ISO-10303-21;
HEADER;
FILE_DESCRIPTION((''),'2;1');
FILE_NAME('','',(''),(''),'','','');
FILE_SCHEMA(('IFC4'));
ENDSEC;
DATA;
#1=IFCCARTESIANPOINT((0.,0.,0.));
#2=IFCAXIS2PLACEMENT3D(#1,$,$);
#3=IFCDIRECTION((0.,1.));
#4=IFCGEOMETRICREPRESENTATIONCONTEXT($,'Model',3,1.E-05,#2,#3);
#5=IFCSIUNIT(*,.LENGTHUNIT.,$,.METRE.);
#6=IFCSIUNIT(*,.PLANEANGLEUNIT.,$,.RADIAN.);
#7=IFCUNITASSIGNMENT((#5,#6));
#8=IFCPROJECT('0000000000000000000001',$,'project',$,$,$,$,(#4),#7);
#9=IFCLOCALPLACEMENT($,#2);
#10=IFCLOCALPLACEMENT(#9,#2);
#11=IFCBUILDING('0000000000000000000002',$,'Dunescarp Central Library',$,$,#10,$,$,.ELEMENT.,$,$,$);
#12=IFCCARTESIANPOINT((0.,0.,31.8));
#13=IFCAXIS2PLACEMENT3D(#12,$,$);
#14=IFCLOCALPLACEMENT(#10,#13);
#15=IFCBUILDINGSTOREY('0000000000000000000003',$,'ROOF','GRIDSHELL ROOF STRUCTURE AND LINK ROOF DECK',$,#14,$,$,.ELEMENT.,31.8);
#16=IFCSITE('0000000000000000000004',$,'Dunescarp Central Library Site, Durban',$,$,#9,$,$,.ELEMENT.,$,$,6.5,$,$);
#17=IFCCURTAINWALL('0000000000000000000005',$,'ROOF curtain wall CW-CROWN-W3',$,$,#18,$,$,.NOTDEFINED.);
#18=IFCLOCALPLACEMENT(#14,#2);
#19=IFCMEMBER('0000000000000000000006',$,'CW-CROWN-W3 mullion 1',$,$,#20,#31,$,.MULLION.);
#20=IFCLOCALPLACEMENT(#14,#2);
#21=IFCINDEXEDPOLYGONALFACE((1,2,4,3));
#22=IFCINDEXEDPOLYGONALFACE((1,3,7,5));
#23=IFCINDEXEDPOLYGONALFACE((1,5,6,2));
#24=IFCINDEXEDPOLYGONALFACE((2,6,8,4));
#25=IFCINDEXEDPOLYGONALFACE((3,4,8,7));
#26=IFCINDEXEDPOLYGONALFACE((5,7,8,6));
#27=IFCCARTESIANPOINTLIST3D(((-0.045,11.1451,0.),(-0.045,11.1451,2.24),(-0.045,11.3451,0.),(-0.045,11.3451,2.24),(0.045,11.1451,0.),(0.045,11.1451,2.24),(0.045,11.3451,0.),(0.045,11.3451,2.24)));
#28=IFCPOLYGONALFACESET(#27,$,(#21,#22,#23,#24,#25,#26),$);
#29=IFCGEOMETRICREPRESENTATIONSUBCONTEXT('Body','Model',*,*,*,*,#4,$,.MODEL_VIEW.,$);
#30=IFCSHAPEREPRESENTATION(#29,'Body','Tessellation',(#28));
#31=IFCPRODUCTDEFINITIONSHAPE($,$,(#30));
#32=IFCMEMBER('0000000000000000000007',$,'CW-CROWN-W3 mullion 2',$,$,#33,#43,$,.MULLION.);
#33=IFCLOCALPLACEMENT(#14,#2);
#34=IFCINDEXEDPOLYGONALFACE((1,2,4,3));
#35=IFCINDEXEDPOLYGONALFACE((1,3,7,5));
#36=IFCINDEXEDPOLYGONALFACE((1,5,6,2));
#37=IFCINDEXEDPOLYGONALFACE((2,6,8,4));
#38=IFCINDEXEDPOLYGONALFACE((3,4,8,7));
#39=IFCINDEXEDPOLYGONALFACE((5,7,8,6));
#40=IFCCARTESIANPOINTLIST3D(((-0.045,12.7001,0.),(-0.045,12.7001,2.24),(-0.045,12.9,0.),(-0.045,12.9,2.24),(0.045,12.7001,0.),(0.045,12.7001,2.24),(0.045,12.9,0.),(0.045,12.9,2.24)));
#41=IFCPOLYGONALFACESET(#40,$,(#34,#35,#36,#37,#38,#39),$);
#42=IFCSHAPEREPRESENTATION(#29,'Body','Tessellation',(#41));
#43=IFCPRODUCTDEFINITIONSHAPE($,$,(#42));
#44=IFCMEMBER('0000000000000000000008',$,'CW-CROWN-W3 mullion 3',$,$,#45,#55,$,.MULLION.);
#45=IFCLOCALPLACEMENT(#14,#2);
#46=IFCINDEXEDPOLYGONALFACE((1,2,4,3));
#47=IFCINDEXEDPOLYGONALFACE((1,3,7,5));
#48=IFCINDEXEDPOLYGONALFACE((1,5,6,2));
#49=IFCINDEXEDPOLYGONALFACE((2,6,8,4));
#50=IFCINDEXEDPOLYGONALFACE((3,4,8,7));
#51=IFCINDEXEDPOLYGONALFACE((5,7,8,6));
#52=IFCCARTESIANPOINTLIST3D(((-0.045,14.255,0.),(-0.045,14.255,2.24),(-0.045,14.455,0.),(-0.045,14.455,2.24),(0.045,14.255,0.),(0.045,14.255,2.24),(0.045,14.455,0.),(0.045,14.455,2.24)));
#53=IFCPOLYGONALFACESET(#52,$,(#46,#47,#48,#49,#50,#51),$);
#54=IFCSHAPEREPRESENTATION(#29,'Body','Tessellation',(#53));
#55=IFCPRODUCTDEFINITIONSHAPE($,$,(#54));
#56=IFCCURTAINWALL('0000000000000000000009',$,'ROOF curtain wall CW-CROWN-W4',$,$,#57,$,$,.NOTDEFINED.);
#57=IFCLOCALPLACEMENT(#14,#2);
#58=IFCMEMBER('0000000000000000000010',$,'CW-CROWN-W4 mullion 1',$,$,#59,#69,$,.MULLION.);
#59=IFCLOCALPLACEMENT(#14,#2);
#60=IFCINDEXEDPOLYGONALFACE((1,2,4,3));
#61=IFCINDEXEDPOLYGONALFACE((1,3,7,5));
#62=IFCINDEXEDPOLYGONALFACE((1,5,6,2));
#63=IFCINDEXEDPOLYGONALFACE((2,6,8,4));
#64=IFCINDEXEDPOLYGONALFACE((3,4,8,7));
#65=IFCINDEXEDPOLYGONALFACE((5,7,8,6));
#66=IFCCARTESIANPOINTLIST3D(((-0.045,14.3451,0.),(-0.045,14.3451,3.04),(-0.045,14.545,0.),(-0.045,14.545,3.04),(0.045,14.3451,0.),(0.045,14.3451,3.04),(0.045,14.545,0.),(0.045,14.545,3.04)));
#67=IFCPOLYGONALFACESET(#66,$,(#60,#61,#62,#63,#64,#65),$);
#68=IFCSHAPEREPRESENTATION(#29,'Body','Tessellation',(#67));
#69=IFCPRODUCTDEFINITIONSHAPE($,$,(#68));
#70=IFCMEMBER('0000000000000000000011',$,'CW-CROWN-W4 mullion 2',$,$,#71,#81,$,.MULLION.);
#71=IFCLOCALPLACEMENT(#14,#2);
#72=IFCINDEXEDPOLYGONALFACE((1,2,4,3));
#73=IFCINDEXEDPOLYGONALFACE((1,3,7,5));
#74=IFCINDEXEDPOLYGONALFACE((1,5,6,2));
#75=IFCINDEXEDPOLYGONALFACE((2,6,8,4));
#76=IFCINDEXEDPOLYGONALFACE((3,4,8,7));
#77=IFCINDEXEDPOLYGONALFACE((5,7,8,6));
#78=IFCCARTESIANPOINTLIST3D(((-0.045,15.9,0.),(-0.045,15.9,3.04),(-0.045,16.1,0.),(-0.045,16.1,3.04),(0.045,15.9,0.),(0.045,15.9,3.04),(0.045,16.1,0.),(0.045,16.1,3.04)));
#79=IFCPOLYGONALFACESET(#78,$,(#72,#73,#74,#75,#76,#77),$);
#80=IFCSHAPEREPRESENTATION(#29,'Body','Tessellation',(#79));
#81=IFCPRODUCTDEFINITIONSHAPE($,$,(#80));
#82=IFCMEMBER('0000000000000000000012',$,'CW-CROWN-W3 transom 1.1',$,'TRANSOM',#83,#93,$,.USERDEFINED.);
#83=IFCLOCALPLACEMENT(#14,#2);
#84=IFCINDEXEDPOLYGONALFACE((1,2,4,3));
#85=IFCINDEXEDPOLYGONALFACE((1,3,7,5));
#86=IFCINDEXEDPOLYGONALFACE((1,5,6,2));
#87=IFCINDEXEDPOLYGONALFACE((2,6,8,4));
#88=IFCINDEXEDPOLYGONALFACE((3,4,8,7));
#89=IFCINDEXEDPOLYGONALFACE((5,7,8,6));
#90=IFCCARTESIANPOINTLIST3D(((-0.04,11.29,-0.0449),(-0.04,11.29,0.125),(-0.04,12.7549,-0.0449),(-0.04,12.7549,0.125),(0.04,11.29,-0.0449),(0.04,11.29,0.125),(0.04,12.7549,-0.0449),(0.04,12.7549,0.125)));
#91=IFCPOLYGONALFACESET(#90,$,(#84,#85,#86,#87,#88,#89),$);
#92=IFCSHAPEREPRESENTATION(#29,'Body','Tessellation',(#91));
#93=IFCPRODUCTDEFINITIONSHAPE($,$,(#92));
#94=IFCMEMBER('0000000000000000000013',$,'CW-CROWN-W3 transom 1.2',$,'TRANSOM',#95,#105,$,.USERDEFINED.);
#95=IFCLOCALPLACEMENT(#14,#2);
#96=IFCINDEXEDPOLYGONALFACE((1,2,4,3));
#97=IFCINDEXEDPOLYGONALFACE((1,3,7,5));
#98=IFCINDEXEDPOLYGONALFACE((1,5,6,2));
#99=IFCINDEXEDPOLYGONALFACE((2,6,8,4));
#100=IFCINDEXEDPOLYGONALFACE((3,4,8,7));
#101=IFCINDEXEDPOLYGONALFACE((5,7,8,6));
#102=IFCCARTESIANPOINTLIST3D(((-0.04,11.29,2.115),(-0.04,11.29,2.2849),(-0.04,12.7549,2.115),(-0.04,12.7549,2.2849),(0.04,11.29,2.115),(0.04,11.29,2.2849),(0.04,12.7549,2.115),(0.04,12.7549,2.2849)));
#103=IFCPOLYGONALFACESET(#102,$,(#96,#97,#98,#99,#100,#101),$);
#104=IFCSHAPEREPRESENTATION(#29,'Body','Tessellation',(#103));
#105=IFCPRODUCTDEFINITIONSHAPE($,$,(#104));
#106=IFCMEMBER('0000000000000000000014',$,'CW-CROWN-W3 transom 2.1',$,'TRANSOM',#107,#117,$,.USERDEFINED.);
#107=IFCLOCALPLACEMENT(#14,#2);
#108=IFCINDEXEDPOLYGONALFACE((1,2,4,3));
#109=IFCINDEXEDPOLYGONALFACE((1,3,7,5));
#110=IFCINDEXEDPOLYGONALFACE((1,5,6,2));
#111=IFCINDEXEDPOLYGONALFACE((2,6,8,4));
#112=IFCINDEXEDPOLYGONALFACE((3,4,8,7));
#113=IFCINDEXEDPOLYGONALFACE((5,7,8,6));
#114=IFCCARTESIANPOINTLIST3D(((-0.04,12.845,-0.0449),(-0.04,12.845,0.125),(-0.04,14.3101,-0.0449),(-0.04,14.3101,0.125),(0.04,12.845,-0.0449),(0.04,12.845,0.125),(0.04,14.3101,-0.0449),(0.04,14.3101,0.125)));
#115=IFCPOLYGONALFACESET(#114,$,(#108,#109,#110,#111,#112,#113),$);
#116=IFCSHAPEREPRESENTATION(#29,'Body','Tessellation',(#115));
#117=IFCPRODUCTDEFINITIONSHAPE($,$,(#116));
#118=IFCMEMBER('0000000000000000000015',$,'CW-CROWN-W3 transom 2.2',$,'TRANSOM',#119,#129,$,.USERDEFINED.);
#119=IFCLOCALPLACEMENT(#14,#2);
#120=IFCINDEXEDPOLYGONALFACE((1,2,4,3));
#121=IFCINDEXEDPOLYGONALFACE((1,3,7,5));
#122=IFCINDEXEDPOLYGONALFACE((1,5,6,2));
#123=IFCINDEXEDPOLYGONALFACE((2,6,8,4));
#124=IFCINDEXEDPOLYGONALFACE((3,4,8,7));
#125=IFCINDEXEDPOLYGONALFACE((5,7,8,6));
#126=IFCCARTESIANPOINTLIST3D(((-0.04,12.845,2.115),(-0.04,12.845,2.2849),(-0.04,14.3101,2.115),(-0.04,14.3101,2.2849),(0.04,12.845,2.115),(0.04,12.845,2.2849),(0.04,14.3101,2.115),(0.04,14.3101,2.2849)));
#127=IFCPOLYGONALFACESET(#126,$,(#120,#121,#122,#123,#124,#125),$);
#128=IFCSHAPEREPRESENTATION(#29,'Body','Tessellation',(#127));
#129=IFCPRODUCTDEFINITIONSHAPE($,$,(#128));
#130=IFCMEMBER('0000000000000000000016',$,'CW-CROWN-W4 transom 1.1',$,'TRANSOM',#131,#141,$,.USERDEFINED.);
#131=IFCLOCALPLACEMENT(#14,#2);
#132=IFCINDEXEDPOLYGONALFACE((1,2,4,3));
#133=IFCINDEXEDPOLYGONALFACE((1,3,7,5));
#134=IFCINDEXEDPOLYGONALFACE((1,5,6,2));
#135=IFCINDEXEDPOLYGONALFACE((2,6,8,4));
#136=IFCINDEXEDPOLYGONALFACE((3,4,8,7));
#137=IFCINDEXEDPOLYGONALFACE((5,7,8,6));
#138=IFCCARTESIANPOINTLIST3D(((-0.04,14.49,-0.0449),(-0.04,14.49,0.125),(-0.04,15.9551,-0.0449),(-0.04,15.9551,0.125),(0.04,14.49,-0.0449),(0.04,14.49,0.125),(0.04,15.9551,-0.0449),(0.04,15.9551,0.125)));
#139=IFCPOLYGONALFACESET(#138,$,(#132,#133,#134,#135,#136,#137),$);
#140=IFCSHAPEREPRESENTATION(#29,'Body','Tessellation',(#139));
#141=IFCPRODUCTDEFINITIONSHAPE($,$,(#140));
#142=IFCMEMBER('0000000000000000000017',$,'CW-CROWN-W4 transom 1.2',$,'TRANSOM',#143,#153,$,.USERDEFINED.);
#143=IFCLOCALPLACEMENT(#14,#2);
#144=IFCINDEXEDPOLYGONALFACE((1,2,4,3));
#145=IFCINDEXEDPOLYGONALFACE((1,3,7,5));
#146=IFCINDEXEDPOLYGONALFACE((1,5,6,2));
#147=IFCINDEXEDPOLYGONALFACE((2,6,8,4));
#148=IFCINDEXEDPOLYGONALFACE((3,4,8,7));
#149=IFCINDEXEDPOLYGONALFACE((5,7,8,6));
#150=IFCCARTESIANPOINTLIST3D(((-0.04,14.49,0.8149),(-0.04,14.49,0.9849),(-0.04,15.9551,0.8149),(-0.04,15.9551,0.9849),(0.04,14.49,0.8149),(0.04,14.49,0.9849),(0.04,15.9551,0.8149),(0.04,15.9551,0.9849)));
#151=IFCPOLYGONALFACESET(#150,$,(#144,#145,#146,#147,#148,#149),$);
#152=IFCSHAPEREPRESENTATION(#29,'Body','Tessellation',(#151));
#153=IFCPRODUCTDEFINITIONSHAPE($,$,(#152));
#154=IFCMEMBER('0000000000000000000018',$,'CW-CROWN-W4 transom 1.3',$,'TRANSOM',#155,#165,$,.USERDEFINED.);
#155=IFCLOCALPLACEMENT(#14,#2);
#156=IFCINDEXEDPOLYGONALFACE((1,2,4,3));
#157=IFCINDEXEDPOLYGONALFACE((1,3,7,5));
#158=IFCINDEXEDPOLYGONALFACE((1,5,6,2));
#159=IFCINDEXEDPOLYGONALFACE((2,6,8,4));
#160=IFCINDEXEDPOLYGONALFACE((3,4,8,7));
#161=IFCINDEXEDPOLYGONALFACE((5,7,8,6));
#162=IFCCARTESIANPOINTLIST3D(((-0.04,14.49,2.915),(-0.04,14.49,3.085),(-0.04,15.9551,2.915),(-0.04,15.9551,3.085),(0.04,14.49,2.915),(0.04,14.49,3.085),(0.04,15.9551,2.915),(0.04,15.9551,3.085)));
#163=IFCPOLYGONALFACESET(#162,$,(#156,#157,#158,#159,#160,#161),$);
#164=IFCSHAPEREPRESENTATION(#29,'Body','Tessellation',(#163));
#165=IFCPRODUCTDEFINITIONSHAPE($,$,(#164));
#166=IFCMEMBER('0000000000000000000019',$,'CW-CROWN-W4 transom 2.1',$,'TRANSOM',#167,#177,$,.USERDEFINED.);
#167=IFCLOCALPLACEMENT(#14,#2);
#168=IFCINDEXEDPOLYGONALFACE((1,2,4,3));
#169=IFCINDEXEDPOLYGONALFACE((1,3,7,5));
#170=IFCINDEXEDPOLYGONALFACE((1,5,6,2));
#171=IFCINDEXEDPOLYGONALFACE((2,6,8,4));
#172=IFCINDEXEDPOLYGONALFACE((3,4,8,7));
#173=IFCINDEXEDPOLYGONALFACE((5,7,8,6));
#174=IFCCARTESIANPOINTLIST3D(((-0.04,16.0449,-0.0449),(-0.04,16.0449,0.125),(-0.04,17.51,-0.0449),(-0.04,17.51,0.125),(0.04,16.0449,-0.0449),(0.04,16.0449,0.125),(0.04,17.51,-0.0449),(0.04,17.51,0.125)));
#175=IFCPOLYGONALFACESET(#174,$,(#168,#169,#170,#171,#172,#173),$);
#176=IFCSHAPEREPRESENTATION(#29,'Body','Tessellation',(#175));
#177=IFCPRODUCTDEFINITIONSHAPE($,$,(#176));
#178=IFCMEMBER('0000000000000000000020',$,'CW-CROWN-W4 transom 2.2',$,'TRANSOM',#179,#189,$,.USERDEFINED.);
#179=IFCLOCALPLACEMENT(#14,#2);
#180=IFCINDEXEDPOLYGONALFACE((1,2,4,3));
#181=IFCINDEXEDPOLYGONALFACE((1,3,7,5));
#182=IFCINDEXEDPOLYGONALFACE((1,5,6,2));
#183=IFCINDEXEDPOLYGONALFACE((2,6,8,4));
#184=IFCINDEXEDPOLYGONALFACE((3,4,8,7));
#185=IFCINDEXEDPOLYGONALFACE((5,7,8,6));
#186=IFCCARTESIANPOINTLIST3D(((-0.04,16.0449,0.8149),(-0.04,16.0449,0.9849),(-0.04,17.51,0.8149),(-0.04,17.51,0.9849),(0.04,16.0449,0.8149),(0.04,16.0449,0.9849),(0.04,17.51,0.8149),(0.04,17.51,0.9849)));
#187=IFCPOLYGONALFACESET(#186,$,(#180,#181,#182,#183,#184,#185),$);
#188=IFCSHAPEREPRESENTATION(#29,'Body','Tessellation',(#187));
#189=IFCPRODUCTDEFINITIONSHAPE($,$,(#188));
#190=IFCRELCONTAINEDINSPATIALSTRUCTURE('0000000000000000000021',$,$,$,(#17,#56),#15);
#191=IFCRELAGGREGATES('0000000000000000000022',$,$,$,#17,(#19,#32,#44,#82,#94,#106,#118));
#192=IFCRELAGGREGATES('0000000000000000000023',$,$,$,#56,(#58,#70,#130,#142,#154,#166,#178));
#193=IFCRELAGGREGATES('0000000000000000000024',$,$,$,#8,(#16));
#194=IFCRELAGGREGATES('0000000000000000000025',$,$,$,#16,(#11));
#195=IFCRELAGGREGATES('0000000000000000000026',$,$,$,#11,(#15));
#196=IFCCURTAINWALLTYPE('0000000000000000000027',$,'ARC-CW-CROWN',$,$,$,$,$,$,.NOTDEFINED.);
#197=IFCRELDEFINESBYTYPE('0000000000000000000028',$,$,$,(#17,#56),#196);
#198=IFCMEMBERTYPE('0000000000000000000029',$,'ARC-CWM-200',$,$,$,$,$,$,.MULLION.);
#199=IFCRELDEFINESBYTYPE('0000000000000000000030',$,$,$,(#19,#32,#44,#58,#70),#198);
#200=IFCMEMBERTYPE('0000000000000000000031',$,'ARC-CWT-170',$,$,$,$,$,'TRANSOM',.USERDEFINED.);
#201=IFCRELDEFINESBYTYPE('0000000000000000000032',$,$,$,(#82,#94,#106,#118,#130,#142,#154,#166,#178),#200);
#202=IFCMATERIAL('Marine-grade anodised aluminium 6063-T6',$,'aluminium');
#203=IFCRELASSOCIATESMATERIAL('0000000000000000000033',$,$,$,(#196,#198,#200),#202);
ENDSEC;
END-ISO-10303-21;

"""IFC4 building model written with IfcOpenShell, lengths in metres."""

from ifc_helpers import new_model, si_unit, direction, frame, origin, origin_2d, place, context, subcontext, project, spatial, rectangle, extrude, material, material_profile, profile_set, type_object, element, aggregate, save


model = new_model("IFC4")

# Units and contexts
model_context = context("Model", 3, precision=1e-05, world=origin(), true_north=direction((0.0, 1.0)))
body_context = subcontext(model_context, "Body", "Model", "MODEL_VIEW")
ifc_project = project(units=[si_unit("LENGTHUNIT", "METRE"), si_unit("PLANEANGLEUNIT", "RADIAN")], contexts=[model_context])

# Site, building, storey
site_placement = place(None, origin())
site = spatial("IfcSite", under=ifc_project, at=site_placement, Name="Dunescarp Central Library Site, Durban", CompositionType="ELEMENT", RefElevation=6.5)
building_placement = place(site_placement, origin())
building = spatial("IfcBuilding", under=site, at=building_placement, Name="Dunescarp Central Library", CompositionType="ELEMENT")
storey_placement = place(building_placement, frame((0.0, 0.0, 31.8)))
storey = spatial("IfcBuildingStorey", under=building, at=storey_placement, Name="ROOF", Description="GRIDSHELL ROOF STRUCTURE AND LINK ROOF DECK", CompositionType="ELEMENT", Elevation=31.8)

# Curtain walls, members
ifc_material_1 = material(Name="Marine-grade anodised aluminium 6063-T6", Category="aluminium")
curtain_wall_type = type_object("IfcCurtainWallType", Name="ARC-CW-CROWN", PredefinedType="NOTDEFINED", material=ifc_material_1)
curtain_wall_1_placement = place(storey_placement, origin())
curtain_wall_1 = element("IfcCurtainWall", 1, at=curtain_wall_1_placement, inside=storey, type_object=curtain_wall_type, Name="ROOF curtain wall CW-CROWN-W3", PredefinedType="NOTDEFINED")
ifc_material_profile_1 = material_profile(ifc_material_1, rectangle(XDim=0.0901, YDim=0.2, at=origin_2d()), Name="AL 90x200")
ifc_profile_set_1 = profile_set([ifc_material_profile_1], Name="Marine-grade anodised aluminium 6063-T6")
member_type_1 = type_object("IfcMemberType", Name="ARC-CWM-200", PredefinedType="MULLION", material=ifc_profile_set_1)
member_1_placement = place(storey_placement, frame((0.0, 11.2451, 0.0), z_axis=(0.0, 0.0, 1.0), x_axis=(-1.0, 0.0, 0.0)))
member_1 = element("IfcMember", 2, at=member_1_placement, type_object=member_type_1, Name="CW-CROWN-W3 mullion 1", PredefinedType="MULLION", context=body_context, shape_type="SweptSolid", body=[
    extrude(rectangle(XDim=0.0901, YDim=0.2, at=origin_2d()), origin(), (0.0, 0.0, 1.0), 2.24),
])
member_2_placement = place(storey_placement, frame((0.0, 12.8, 0.0), z_axis=(0.0, 0.0, 1.0), x_axis=(-1.0, 0.0, 0.0)))
member_2 = element("IfcMember", 3, at=member_2_placement, type_object=member_type_1, Name="CW-CROWN-W3 mullion 2", PredefinedType="MULLION", context=body_context, shape_type="SweptSolid", body=[
    extrude(rectangle(XDim=0.0901, YDim=0.2, at=origin_2d()), origin(), (0.0, 0.0, 1.0), 2.24),
])
member_3_placement = place(storey_placement, frame((0.0, 14.355, 0.0), z_axis=(0.0, 0.0, 1.0), x_axis=(-1.0, 0.0, 0.0)))
member_3 = element("IfcMember", 4, at=member_3_placement, type_object=member_type_1, Name="CW-CROWN-W3 mullion 3", PredefinedType="MULLION", context=body_context, shape_type="SweptSolid", body=[
    extrude(rectangle(XDim=0.0901, YDim=0.2, at=origin_2d()), origin(), (0.0, 0.0, 1.0), 2.24),
])
curtain_wall_2_placement = place(storey_placement, origin())
curtain_wall_2 = element("IfcCurtainWall", 5, at=curtain_wall_2_placement, inside=storey, type_object=curtain_wall_type, Name="ROOF curtain wall CW-CROWN-W4", PredefinedType="NOTDEFINED")
member_4_placement = place(storey_placement, frame((0.0, 14.4451, 0.0), z_axis=(0.0, 0.0, 1.0), x_axis=(-1.0, 0.0, 0.0)))
member_4 = element("IfcMember", 6, at=member_4_placement, type_object=member_type_1, Name="CW-CROWN-W4 mullion 1", PredefinedType="MULLION", context=body_context, shape_type="SweptSolid", body=[
    extrude(rectangle(XDim=0.0901, YDim=0.2, at=origin_2d()), origin(), (0.0, 0.0, 1.0), 3.04),
])
member_5_placement = place(storey_placement, frame((0.0, 16.0, 0.0), z_axis=(0.0, 0.0, 1.0), x_axis=(-1.0, 0.0, 0.0)))
member_5 = element("IfcMember", 7, at=member_5_placement, type_object=member_type_1, Name="CW-CROWN-W4 mullion 2", PredefinedType="MULLION", context=body_context, shape_type="SweptSolid", body=[
    extrude(rectangle(XDim=0.0901, YDim=0.2, at=origin_2d()), origin(), (0.0, 0.0, 1.0), 3.04),
])

# Members
ifc_material_profile_2 = material_profile(ifc_material_1, rectangle(XDim=0.0801, YDim=0.1699, at=origin_2d()), Name="AL 80x170")
ifc_profile_set_2 = profile_set([ifc_material_profile_2], Name="Marine-grade anodised aluminium 6063-T6")
member_type_2 = type_object("IfcMemberType", Name="ARC-CWT-170", ElementType="TRANSOM", PredefinedType="USERDEFINED", material=ifc_profile_set_2)
member_6_placement = place(storey_placement, frame((0.0, 11.29, 0.04), z_axis=(0.0, 1.0, 0.0), x_axis=(-1.0, 0.0, 0.0)))
member_6 = element("IfcMember", 8, at=member_6_placement, type_object=member_type_2, Name="CW-CROWN-W3 transom 1.1", ObjectType="TRANSOM", PredefinedType="USERDEFINED", context=body_context, shape_type="SweptSolid", body=[
    extrude(rectangle(XDim=0.0801, YDim=0.1699, at=origin_2d()), origin(), (0.0, 0.0, 1.0), 1.4648),
])
member_7_placement = place(storey_placement, frame((0.0, 11.29, 2.2), z_axis=(0.0, 1.0, 0.0), x_axis=(-1.0, 0.0, 0.0)))
member_7 = element("IfcMember", 9, at=member_7_placement, type_object=member_type_2, Name="CW-CROWN-W3 transom 1.2", ObjectType="TRANSOM", PredefinedType="USERDEFINED", context=body_context, shape_type="SweptSolid", body=[
    extrude(rectangle(XDim=0.0801, YDim=0.1699, at=origin_2d()), origin(), (0.0, 0.0, 1.0), 1.4648),
])
member_8_placement = place(storey_placement, frame((0.0, 12.845, 0.04), z_axis=(0.0, 1.0, 0.0), x_axis=(-1.0, 0.0, 0.0)))
member_8 = element("IfcMember", 10, at=member_8_placement, type_object=member_type_2, Name="CW-CROWN-W3 transom 2.1", ObjectType="TRANSOM", PredefinedType="USERDEFINED", context=body_context, shape_type="SweptSolid", body=[
    extrude(rectangle(XDim=0.0801, YDim=0.1699, at=origin_2d()), origin(), (0.0, 0.0, 1.0), 1.4651),
])
member_9_placement = place(storey_placement, frame((0.0, 12.845, 2.2), z_axis=(0.0, 1.0, 0.0), x_axis=(-1.0, 0.0, 0.0)))
member_9 = element("IfcMember", 11, at=member_9_placement, type_object=member_type_2, Name="CW-CROWN-W3 transom 2.2", ObjectType="TRANSOM", PredefinedType="USERDEFINED", context=body_context, shape_type="SweptSolid", body=[
    extrude(rectangle(XDim=0.0801, YDim=0.1699, at=origin_2d()), origin(), (0.0, 0.0, 1.0), 1.4651),
])
member_10_placement = place(storey_placement, frame((0.0, 14.49, 0.04), z_axis=(0.0, 1.0, 0.0), x_axis=(-1.0, 0.0, 0.0)))
member_10 = element("IfcMember", 12, at=member_10_placement, type_object=member_type_2, Name="CW-CROWN-W4 transom 1.1", ObjectType="TRANSOM", PredefinedType="USERDEFINED", context=body_context, shape_type="SweptSolid", body=[
    extrude(rectangle(XDim=0.0801, YDim=0.1699, at=origin_2d()), origin(), (0.0, 0.0, 1.0), 1.4651),
])
member_11_placement = place(storey_placement, frame((0.0, 14.49, 0.8999), z_axis=(0.0, 1.0, 0.0), x_axis=(-1.0, 0.0, 0.0)))
member_11 = element("IfcMember", 13, at=member_11_placement, type_object=member_type_2, Name="CW-CROWN-W4 transom 1.2", ObjectType="TRANSOM", PredefinedType="USERDEFINED", context=body_context, shape_type="SweptSolid", body=[
    extrude(rectangle(XDim=0.0801, YDim=0.1699, at=origin_2d()), origin(), (0.0, 0.0, 1.0), 1.4651),
])
member_12_placement = place(storey_placement, frame((0.0, 14.49, 3.0), z_axis=(0.0, 1.0, 0.0), x_axis=(-1.0, 0.0, 0.0)))
member_12 = element("IfcMember", 14, at=member_12_placement, type_object=member_type_2, Name="CW-CROWN-W4 transom 1.3", ObjectType="TRANSOM", PredefinedType="USERDEFINED", context=body_context, shape_type="SweptSolid", body=[
    extrude(rectangle(XDim=0.0801, YDim=0.1699, at=origin_2d()), origin(), (0.0, 0.0, 1.0), 1.4651),
])
member_13_placement = place(storey_placement, frame((0.0, 16.0449, 0.04), z_axis=(0.0, 1.0, 0.0), x_axis=(-1.0, 0.0, 0.0)))
member_13 = element("IfcMember", 15, at=member_13_placement, type_object=member_type_2, Name="CW-CROWN-W4 transom 2.1", ObjectType="TRANSOM", PredefinedType="USERDEFINED", context=body_context, shape_type="SweptSolid", body=[
    extrude(rectangle(XDim=0.0801, YDim=0.1699, at=origin_2d()), origin(), (0.0, 0.0, 1.0), 1.4651),
])
member_14_placement = place(storey_placement, frame((0.0, 16.0449, 0.8999), z_axis=(0.0, 1.0, 0.0), x_axis=(-1.0, 0.0, 0.0)))
member_14 = element("IfcMember", 16, at=member_14_placement, type_object=member_type_2, Name="CW-CROWN-W4 transom 2.2", ObjectType="TRANSOM", PredefinedType="USERDEFINED", context=body_context, shape_type="SweptSolid", body=[
    extrude(rectangle(XDim=0.0801, YDim=0.1699, at=origin_2d()), origin(), (0.0, 0.0, 1.0), 1.4651),
])

aggregate(curtain_wall_1, [member_1, member_2, member_3, member_6, member_7, member_8, member_9])
aggregate(curtain_wall_2, [member_4, member_5, member_10, member_11, member_12, member_13, member_14])

save(model, "model.ifc")
